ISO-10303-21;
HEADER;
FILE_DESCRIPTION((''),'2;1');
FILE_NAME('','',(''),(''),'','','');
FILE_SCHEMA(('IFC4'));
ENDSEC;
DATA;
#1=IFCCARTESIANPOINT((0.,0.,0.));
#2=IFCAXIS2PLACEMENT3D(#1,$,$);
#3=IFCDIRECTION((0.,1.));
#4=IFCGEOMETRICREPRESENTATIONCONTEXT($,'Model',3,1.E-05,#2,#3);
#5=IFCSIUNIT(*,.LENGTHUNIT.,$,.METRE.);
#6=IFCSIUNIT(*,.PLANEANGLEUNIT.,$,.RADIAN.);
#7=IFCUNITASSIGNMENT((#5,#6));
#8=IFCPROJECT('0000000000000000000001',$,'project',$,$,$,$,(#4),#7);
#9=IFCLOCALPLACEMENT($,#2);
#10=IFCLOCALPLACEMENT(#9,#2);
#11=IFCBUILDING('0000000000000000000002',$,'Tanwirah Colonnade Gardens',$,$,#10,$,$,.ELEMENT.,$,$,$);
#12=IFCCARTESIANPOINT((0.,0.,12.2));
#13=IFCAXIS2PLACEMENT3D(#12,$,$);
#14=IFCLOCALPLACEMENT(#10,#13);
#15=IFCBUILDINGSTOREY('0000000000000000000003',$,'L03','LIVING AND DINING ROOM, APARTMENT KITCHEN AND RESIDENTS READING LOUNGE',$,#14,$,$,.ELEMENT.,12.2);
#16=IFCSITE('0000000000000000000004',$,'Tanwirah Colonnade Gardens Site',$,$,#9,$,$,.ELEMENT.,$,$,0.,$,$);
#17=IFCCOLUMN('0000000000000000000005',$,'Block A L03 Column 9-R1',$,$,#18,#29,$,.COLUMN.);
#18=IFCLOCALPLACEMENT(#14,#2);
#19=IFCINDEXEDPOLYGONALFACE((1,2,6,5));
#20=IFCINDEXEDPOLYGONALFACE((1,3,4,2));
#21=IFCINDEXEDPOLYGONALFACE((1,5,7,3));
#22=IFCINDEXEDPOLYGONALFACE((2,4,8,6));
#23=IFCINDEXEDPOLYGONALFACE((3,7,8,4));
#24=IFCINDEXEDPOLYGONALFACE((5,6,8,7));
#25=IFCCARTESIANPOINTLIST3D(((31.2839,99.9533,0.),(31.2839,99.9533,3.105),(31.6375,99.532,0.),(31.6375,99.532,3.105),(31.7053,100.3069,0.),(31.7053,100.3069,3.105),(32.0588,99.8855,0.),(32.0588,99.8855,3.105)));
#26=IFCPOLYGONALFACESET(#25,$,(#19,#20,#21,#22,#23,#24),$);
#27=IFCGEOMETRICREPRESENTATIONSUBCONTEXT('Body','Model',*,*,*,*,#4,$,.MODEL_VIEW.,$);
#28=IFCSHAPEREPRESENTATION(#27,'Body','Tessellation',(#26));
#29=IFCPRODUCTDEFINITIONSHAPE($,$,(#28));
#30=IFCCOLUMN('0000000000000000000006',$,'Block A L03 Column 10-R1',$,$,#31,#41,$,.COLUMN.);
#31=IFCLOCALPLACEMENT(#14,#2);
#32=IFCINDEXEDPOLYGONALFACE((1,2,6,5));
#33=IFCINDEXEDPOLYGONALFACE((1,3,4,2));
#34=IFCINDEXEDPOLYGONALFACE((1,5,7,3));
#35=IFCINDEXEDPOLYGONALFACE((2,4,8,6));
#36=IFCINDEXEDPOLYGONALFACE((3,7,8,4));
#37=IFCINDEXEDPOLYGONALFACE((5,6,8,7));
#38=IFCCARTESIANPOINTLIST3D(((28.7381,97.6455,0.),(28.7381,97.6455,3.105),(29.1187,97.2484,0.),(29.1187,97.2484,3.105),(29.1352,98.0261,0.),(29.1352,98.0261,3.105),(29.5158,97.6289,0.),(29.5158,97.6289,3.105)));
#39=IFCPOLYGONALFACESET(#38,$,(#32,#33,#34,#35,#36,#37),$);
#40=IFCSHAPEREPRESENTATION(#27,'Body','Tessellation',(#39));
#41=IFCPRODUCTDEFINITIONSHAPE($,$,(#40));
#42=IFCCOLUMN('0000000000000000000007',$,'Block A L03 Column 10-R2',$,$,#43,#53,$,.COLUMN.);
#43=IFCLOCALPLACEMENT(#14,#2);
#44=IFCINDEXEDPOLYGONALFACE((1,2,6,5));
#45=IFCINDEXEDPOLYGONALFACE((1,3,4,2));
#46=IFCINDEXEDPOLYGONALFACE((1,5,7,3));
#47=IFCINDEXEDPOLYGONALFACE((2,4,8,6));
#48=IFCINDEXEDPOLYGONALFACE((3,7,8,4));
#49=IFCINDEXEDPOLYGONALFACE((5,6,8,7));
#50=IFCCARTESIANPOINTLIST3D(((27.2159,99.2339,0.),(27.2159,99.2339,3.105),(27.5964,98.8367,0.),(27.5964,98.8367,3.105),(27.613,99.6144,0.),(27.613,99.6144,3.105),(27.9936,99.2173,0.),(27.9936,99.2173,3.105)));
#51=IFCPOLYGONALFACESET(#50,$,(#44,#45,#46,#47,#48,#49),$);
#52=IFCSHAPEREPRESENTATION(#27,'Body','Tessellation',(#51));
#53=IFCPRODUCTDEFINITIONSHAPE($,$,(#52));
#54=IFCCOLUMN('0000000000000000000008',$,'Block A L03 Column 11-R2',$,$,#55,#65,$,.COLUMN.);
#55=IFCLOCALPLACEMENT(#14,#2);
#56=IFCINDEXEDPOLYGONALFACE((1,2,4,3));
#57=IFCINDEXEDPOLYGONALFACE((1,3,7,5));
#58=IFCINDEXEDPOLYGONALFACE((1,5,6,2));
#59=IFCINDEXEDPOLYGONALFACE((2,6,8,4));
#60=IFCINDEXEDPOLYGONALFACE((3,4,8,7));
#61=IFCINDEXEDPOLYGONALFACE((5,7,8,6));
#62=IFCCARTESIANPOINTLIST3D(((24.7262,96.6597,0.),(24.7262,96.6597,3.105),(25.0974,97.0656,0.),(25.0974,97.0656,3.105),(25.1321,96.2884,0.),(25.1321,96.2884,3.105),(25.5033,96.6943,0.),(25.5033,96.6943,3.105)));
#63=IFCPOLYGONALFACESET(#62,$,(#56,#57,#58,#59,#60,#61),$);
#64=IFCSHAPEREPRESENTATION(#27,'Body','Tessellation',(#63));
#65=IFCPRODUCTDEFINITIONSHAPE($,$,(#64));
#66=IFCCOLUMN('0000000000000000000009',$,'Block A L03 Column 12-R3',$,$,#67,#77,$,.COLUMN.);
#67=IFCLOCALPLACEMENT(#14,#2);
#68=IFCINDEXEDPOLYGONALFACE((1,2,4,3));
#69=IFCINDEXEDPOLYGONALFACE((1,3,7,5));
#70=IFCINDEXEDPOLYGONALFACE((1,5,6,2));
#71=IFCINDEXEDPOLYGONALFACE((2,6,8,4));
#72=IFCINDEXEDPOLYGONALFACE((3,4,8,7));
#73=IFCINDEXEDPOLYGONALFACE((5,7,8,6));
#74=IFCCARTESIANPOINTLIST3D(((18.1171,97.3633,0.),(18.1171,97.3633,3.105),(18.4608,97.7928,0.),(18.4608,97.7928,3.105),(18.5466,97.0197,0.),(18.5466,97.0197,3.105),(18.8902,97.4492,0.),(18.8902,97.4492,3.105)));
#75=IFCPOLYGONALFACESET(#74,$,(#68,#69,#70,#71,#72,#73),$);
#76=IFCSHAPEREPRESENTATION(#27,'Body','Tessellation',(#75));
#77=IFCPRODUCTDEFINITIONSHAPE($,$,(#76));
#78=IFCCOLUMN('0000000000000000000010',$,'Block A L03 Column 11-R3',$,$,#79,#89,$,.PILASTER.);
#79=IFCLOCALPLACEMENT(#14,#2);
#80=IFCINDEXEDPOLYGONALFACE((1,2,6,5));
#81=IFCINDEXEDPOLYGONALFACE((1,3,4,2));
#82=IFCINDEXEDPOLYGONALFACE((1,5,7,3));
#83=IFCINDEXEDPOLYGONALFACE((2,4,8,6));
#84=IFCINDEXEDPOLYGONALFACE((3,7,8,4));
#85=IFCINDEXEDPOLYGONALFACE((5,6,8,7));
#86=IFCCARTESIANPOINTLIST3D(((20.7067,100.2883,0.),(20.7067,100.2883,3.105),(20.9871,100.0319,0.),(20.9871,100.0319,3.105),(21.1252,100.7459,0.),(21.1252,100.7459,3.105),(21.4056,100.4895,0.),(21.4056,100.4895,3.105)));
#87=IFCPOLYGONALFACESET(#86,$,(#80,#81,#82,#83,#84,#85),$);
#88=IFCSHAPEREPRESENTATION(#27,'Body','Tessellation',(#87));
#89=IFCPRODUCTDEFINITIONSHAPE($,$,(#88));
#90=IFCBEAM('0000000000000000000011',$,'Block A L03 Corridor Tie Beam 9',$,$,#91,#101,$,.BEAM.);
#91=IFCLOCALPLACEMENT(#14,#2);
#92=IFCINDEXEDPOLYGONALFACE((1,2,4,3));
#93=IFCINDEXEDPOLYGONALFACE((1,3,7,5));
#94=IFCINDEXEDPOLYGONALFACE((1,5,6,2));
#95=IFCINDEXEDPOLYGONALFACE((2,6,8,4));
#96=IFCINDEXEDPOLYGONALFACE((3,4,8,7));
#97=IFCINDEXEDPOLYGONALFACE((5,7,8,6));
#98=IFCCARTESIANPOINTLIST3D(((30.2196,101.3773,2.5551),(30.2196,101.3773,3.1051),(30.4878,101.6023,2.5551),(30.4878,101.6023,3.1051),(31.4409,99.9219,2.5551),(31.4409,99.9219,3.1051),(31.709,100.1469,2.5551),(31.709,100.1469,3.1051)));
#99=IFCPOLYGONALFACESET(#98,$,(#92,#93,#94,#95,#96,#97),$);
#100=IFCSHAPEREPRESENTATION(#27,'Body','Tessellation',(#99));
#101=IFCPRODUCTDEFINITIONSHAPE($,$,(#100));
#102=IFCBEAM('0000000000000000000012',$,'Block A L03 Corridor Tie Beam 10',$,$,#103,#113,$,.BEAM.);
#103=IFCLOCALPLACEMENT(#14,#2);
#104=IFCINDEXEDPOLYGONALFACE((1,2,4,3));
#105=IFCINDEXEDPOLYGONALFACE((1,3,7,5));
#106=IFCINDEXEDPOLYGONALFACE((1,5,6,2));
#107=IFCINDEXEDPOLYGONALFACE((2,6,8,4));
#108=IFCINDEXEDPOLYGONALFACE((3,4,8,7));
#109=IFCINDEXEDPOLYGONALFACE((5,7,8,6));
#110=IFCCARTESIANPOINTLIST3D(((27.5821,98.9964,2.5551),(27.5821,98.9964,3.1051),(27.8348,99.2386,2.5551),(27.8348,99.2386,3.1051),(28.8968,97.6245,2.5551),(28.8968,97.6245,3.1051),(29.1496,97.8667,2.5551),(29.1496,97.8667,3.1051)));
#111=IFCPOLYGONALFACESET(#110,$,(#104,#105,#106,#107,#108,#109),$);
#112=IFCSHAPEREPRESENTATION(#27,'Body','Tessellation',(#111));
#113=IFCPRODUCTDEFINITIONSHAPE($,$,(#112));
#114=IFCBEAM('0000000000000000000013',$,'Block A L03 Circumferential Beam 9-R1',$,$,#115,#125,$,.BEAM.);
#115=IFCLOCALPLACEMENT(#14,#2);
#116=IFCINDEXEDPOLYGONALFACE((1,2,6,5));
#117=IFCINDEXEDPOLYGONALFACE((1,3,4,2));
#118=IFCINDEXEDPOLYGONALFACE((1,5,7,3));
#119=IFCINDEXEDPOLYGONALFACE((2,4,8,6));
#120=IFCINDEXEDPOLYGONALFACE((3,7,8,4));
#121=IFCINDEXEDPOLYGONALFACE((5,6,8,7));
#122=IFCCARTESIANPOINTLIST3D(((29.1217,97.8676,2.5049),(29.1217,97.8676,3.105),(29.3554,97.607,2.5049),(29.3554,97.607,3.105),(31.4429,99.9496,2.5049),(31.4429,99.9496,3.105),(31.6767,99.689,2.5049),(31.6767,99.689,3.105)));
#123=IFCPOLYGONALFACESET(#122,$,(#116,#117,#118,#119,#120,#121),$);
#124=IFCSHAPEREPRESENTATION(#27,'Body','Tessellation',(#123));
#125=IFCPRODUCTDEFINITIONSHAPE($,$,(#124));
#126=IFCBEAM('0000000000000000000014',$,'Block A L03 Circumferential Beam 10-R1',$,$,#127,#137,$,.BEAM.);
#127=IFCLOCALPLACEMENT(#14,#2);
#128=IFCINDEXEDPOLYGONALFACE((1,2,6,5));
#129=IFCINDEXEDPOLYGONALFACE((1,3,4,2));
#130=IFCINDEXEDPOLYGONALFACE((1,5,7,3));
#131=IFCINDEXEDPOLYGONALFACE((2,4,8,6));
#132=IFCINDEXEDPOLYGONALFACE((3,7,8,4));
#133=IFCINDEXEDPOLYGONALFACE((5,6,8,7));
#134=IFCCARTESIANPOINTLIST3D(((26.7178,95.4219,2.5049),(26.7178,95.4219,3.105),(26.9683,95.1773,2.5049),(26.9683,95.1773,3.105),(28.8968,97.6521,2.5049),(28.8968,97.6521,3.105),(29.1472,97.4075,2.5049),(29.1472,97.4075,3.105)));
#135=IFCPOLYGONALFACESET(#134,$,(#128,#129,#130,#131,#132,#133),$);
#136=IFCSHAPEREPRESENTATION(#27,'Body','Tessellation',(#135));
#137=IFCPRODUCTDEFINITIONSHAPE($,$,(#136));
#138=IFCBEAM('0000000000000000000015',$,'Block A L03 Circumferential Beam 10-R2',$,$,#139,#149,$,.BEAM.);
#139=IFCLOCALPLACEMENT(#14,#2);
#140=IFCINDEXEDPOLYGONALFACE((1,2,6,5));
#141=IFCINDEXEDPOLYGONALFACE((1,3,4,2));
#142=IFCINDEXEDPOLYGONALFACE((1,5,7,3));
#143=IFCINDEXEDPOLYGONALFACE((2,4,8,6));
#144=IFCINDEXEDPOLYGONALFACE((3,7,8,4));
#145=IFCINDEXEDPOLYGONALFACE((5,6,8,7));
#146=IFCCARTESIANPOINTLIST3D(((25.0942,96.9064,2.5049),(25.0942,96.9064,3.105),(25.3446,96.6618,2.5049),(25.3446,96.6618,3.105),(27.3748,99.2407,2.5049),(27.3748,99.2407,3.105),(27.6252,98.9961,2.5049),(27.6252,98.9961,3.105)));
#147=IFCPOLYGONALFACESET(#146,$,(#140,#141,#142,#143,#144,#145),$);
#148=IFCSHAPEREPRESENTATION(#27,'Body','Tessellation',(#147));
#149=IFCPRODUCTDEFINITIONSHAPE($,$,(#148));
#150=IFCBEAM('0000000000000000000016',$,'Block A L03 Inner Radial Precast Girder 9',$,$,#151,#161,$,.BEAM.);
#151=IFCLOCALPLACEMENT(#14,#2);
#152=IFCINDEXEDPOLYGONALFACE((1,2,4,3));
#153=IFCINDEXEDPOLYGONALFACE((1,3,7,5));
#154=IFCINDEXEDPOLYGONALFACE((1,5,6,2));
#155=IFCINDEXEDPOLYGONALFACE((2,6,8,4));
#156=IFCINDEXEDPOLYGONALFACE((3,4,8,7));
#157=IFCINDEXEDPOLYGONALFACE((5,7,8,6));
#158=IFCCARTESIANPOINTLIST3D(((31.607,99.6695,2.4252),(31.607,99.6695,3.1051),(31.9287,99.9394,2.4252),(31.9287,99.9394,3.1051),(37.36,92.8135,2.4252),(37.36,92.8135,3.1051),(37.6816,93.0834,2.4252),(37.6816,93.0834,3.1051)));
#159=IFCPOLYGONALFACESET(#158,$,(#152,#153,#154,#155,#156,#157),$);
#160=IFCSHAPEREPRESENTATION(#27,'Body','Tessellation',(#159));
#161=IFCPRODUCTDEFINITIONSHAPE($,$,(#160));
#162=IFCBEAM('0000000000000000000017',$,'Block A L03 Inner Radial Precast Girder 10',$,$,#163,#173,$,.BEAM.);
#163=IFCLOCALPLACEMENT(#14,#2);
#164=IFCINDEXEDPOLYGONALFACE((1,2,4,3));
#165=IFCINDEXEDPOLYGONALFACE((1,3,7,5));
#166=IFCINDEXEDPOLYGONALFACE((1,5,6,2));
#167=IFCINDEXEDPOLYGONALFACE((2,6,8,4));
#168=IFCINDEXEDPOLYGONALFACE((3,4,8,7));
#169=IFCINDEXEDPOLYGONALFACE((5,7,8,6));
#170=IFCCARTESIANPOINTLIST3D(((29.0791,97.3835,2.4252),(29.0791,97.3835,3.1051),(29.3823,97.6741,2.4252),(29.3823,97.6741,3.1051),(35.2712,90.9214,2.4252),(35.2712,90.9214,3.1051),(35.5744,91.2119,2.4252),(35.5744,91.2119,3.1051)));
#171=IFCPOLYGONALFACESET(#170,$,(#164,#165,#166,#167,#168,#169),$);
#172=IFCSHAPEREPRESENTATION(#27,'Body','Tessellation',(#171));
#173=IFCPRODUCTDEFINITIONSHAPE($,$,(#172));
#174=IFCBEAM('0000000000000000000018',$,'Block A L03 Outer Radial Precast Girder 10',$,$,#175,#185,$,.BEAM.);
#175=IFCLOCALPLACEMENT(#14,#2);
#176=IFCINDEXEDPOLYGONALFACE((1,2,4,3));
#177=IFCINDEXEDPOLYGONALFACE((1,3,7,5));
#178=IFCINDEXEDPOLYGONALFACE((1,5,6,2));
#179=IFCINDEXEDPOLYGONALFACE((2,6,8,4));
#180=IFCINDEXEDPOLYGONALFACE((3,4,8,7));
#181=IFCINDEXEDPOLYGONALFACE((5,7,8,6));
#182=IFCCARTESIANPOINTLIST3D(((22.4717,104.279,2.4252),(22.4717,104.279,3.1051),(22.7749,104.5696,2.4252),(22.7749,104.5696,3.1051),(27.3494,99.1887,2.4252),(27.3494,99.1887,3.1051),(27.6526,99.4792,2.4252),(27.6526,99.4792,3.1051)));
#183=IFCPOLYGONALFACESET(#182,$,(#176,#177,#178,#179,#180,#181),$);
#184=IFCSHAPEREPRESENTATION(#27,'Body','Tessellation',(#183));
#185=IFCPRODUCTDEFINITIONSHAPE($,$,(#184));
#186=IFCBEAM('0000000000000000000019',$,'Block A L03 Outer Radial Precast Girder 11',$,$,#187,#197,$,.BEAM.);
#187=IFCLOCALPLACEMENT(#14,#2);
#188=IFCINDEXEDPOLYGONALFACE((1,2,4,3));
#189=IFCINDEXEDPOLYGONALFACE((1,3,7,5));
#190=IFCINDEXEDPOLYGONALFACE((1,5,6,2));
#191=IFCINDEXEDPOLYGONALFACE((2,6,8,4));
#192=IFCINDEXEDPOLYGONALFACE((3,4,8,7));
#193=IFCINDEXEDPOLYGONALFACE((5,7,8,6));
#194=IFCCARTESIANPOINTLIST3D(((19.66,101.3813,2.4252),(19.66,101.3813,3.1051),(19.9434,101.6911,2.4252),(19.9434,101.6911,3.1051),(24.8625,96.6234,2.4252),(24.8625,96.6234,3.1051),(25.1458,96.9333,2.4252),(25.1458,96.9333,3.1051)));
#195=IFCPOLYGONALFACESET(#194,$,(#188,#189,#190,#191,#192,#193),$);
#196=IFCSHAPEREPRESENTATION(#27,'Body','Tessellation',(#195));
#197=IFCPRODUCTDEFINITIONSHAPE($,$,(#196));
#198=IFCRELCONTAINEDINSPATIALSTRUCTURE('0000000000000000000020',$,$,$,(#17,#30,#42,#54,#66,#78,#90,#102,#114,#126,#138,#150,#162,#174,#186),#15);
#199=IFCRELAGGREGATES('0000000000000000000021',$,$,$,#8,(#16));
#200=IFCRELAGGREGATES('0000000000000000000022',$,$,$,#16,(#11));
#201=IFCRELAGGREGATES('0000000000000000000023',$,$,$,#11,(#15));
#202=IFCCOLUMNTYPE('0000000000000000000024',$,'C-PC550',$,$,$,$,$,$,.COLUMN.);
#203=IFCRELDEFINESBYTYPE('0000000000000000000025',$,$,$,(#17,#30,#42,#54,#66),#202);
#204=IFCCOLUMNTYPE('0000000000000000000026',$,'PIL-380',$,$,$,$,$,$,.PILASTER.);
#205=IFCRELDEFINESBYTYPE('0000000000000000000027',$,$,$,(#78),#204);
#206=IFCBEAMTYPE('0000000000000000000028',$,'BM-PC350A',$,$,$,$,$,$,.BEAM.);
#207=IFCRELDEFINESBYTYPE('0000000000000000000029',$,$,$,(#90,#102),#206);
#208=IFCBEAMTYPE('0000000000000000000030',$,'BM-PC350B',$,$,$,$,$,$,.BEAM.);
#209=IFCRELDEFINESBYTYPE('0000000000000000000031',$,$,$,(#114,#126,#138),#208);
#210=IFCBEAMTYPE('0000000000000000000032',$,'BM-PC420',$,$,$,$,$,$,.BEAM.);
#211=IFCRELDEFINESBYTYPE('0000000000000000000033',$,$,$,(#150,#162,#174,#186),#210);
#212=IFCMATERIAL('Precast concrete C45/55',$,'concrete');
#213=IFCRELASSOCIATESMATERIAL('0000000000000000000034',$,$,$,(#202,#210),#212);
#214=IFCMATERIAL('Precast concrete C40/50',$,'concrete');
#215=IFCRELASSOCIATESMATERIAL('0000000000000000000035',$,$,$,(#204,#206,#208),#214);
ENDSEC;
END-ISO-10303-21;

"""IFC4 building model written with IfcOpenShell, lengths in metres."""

from ifc_helpers import new_model, si_unit, direction, frame, origin, origin_2d, place, context, subcontext, project, spatial, rectangle, extrude, material, material_profile, profile_set, type_object, element, save


model = new_model("IFC4")

# Units and contexts
model_context = context("Model", 3, precision=1e-05, world=origin(), true_north=direction((0.0, 1.0)))
body_context = subcontext(model_context, "Body", "Model", "MODEL_VIEW")
ifc_project = project(units=[si_unit("LENGTHUNIT", "METRE"), si_unit("PLANEANGLEUNIT", "RADIAN")], contexts=[model_context])

# Site, building, storey
site_placement = place(None, origin())
site = spatial("IfcSite", under=ifc_project, at=site_placement, Name="Tanwirah Colonnade Gardens Site", CompositionType="ELEMENT", RefElevation=0.0)
building_placement = place(site_placement, origin())
building = spatial("IfcBuilding", under=site, at=building_placement, Name="Tanwirah Colonnade Gardens", CompositionType="ELEMENT")
storey_placement = place(building_placement, frame((0.0, 0.0, 12.2)))
storey = spatial("IfcBuildingStorey", under=building, at=storey_placement, Name="L03", Description="LIVING AND DINING ROOM, APARTMENT KITCHEN AND RESIDENTS READING LOUNGE", CompositionType="ELEMENT", Elevation=12.2)

# Columns
ifc_material_1 = material(Name="Precast concrete C45/55", Category="concrete")
ifc_material_profile_1 = material_profile(ifc_material_1, rectangle(XDim=0.55, YDim=0.55, at=origin_2d()), Name="PC-COL 550x550")
ifc_profile_set_1 = profile_set([ifc_material_profile_1], Name="Precast concrete C45/55")
column_type_1 = type_object("IfcColumnType", Name="C-PC550", PredefinedType="COLUMN", material=ifc_profile_set_1)
for number, where, z_axis, x_axis, name in (
    (1, (31.6714, 99.9194, 0.0), (0.0, 0.0, 1.0), (-0.642788, 0.766044, 0.0), "Block A L03 Column 9-R1"),
    (2, (29.127, 97.6372, 0.0), (0.0, 0.0, 1.0), (-0.691863, 0.722029, 0.0), "Block A L03 Column 10-R1"),
    (3, (27.6047, 99.2256, 0.0), (0.0, 0.0, 1.0), (-0.691863, 0.722029, 0.0), "Block A L03 Column 10-R2"),
    (4, (25.1147, 96.677, 0.0), (0.0, 0.0, 1.0), (-0.737932, 0.674875, 0.0), "Block A L03 Column 11-R2"),
    (5, (18.5037, 97.4062, 0.0), (0.0, 0.0, 1.0), (-0.780794, 0.624788, 0.0), "Block A L03 Column 12-R3"),
):
    element("IfcColumn", number, at=place(storey_placement, frame(where, z_axis=z_axis, x_axis=x_axis)), inside=storey, type_object=column_type_1, Name=name, PredefinedType="COLUMN", context=body_context, shape_type="SweptSolid", body=[
        extrude(rectangle(XDim=0.55, YDim=0.55, at=origin_2d()), origin(), (0.0, 0.0, 1.0), 3.105),
    ])
ifc_material_2 = material(Name="Precast concrete C40/50", Category="concrete")
ifc_material_profile_2 = material_profile(ifc_material_2, rectangle(XDim=0.3799, YDim=0.6201, at=origin_2d()), Name="PC-PIL 380x620")
ifc_profile_set_2 = profile_set([ifc_material_profile_2], Name="Precast concrete C40/50")
column_type_2 = type_object("IfcColumnType", Name="PIL-380", PredefinedType="PILASTER", material=ifc_profile_set_2)
column_placement = place(storey_placement, frame((21.0562, 100.3889, 0.0), z_axis=(0.0, 0.0, 1.0), x_axis=(-0.737932, 0.674875, 0.0)))
element("IfcColumn", 6, at=column_placement, inside=storey, type_object=column_type_2, Name="Block A L03 Column 11-R3", PredefinedType="PILASTER", context=body_context, shape_type="SweptSolid", body=[
    extrude(rectangle(XDim=0.3799, YDim=0.6201, at=origin_2d()), origin(), (0.0, 0.0, 1.0), 3.105),
])

# Beams
ifc_material_profile_3 = material_profile(ifc_material_2, rectangle(XDim=0.3501, YDim=0.55, at=origin_2d()), Name="PC-BM 350x550")
ifc_profile_set_3 = profile_set([ifc_material_profile_3], Name="Precast concrete C40/50")
beam_type_1 = type_object("IfcBeamType", Name="BM-PC350A", PredefinedType="BEAM", material=ifc_profile_set_3)
beam_1_placement = place(storey_placement, frame((31.575, 100.0344, 2.8301), z_axis=(-0.642797, 0.766036, 0.0), x_axis=(-0.766036, -0.642797, 0.0)))
element("IfcBeam", 7, at=beam_1_placement, inside=storey, type_object=beam_type_1, Name="Block A L03 Corridor Tie Beam 9", PredefinedType="BEAM", context=body_context, shape_type="SweptSolid", body=[
    extrude(rectangle(XDim=0.3501, YDim=0.55, at=origin_2d()), origin(), (0.0, 0.0, 1.0), 1.8999),
])
beam_2_placement = place(storey_placement, frame((29.0232, 97.7456, 2.8301), z_axis=(-0.691914, 0.72198, 0.0), x_axis=(-0.72198, -0.691914, 0.0)))
element("IfcBeam", 8, at=beam_2_placement, inside=storey, type_object=beam_type_1, Name="Block A L03 Corridor Tie Beam 10", PredefinedType="BEAM", context=body_context, shape_type="SweptSolid", body=[
    extrude(rectangle(XDim=0.3501, YDim=0.55, at=origin_2d()), origin(), (0.0, 0.0, 1.0), 1.9001),
])
ifc_material_profile_4 = material_profile(ifc_material_2, rectangle(XDim=0.3501, YDim=0.6001, at=origin_2d()), Name="PC-BM 350x600")
ifc_profile_set_4 = profile_set([ifc_material_profile_4], Name="Precast concrete C40/50")
beam_type_2 = type_object("IfcBeamType", Name="BM-PC350B", PredefinedType="BEAM", material=ifc_profile_set_4)
beam_3_placement = place(storey_placement, frame((31.5598, 99.8193, 2.8049), z_axis=(-0.74443, -0.667701, 0.0), x_axis=(0.667701, -0.74443, 0.0)))
element("IfcBeam", 9, at=beam_3_placement, inside=storey, type_object=beam_type_2, Name="Block A L03 Circumferential Beam 9-R1", PredefinedType="BEAM", context=body_context, shape_type="SweptSolid", body=[
    extrude(rectangle(XDim=0.3501, YDim=0.6001, at=origin_2d()), origin(), (0.0, 0.0, 1.0), 3.1182),
])
beam_4_placement = place(storey_placement, frame((29.022, 97.5298, 2.8049), z_axis=(-0.698837, -0.715281, 0.0), x_axis=(0.715281, -0.698837, 0.0)))
element("IfcBeam", 10, at=beam_4_placement, inside=storey, type_object=beam_type_2, Name="Block A L03 Circumferential Beam 10-R1", PredefinedType="BEAM", context=body_context, shape_type="SweptSolid", body=[
    extrude(rectangle(XDim=0.3501, YDim=0.6001, at=origin_2d()), origin(), (0.0, 0.0, 1.0), 3.1179),
])
beam_5_placement = place(storey_placement, frame((27.5, 99.1184, 2.8049), z_axis=(-0.698829, -0.715288, 0.0), x_axis=(0.715288, -0.698829, 0.0)))
element("IfcBeam", 11, at=beam_5_placement, inside=storey, type_object=beam_type_2, Name="Block A L03 Circumferential Beam 10-R2", PredefinedType="BEAM", context=body_context, shape_type="SweptSolid", body=[
    extrude(rectangle(XDim=0.3501, YDim=0.6001, at=origin_2d()), origin(), (0.0, 0.0, 1.0), 3.2634),
])
ifc_material_profile_5 = material_profile(ifc_material_1, rectangle(XDim=0.4199, YDim=0.6799, at=origin_2d()), Name="PC-BM 420x680")
ifc_profile_set_5 = profile_set([ifc_material_profile_5], Name="Precast concrete C45/55")
beam_type_3 = type_object("IfcBeamType", Name="BM-PC420", PredefinedType="BEAM", material=ifc_profile_set_5)
for number, where, z_axis, x_axis, name in (
    (12, (31.7678, 99.8044, 2.7651), (0.642794, -0.766039, 0.0), (0.766039, 0.642794, 0.0), "Block A L03 Inner Radial Precast Girder 9"),
    (13, (29.2307, 97.5288, 2.7651), (0.691861, -0.722031, 0.0), (0.722031, 0.691861, 0.0), "Block A L03 Inner Radial Precast Girder 10"),
):
    element("IfcBeam", number, at=place(storey_placement, frame(where, z_axis=z_axis, x_axis=x_axis)), inside=storey, type_object=beam_type_3, Name=name, PredefinedType="BEAM", context=body_context, shape_type="SweptSolid", body=[
        extrude(rectangle(XDim=0.4199, YDim=0.6799, at=origin_2d()), origin(), (0.0, 0.0, 1.0), 8.95),
    ])
for number, where, z_axis, x_axis, name in (
    (14, (27.501, 99.334, 2.7651), (-0.691865, 0.722027, 0.0), (-0.722027, -0.691865, 0.0), "Block A L03 Outer Radial Precast Girder 10"),
    (15, (25.0042, 96.7783, 2.7651), (-0.737934, 0.674873, 0.0), (-0.674873, -0.737934, 0.0), "Block A L03 Outer Radial Precast Girder 11"),
):
    element("IfcBeam", number, at=place(storey_placement, frame(where, z_axis=z_axis, x_axis=x_axis)), inside=storey, type_object=beam_type_3, Name=name, PredefinedType="BEAM", context=body_context, shape_type="SweptSolid", body=[
        extrude(rectangle(XDim=0.4199, YDim=0.6799, at=origin_2d()), origin(), (0.0, 0.0, 1.0), 7.05),
    ])

save(model, "model.ifc")
